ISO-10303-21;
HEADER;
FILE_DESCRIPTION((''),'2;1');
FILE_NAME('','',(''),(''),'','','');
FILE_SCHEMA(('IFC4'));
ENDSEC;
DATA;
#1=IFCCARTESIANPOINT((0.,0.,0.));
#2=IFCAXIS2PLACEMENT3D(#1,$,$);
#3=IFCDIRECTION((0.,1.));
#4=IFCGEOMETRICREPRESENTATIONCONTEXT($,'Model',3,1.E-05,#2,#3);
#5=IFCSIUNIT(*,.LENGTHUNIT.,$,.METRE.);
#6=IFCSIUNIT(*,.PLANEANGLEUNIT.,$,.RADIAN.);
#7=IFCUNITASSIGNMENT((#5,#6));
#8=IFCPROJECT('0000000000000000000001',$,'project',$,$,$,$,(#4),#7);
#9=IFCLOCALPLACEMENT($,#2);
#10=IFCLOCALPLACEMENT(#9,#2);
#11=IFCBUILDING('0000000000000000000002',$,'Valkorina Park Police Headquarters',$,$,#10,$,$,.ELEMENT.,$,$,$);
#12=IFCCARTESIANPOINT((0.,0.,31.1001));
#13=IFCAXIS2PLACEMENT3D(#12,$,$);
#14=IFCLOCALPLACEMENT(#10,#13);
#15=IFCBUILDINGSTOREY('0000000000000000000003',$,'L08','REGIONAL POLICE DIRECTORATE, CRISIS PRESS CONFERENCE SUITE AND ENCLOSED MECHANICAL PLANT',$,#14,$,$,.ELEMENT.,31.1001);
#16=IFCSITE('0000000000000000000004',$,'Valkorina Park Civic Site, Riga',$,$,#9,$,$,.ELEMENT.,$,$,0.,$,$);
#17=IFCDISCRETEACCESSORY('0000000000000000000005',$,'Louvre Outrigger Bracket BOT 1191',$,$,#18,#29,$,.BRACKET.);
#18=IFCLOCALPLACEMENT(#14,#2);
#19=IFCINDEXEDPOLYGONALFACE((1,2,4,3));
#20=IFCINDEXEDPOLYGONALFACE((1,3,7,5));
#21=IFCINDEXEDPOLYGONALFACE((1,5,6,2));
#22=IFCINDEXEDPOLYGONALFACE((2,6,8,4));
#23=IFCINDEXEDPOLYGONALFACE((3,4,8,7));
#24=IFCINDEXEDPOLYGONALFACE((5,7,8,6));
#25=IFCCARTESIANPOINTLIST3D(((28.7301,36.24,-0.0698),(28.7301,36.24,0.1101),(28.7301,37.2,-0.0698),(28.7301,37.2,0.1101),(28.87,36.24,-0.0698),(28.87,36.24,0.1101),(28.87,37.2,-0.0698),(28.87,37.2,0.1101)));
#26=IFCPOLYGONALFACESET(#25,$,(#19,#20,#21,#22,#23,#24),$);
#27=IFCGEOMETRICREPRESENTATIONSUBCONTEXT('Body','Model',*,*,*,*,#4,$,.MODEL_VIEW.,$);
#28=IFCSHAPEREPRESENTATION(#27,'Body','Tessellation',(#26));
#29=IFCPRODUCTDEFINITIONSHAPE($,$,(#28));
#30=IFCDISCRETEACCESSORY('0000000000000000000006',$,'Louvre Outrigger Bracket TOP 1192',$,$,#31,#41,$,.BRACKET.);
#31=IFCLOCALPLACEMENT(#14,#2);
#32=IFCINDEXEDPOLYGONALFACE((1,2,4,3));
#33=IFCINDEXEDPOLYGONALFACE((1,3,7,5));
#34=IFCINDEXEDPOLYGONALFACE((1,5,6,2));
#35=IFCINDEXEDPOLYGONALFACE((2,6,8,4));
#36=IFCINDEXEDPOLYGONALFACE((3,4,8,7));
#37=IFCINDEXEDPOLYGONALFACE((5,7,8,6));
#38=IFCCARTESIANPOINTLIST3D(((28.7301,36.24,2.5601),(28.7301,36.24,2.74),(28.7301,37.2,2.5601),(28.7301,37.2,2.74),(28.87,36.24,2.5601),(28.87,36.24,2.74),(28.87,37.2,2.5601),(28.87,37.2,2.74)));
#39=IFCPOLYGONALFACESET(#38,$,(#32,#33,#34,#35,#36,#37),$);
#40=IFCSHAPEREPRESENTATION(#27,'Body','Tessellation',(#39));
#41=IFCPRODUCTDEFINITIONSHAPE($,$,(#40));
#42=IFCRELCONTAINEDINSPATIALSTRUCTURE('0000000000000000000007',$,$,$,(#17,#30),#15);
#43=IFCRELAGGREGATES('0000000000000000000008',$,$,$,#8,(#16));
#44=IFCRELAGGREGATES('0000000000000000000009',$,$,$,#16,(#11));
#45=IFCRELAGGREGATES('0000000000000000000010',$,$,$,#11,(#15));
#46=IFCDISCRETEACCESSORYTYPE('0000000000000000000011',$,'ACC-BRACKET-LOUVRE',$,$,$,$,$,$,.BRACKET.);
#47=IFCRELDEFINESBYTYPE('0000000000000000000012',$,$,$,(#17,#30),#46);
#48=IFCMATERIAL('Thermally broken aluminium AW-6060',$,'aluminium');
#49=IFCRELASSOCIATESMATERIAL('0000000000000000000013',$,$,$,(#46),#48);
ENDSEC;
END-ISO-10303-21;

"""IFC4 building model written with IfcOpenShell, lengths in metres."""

from ifc_helpers import new_model, si_unit, direction, frame, origin, origin_2d, place, context, subcontext, project, spatial, rectangle, extrude, material, type_object, element, save


model = new_model("IFC4")

# Units and contexts
model_context = context("Model", 3, precision=1e-05, world=origin(), true_north=direction((0.0, 1.0)))
body_context = subcontext(model_context, "Body", "Model", "MODEL_VIEW")
ifc_project = project(units=[si_unit("LENGTHUNIT", "METRE"), si_unit("PLANEANGLEUNIT", "RADIAN")], contexts=[model_context])

# Site, building, storey
site_placement = place(None, origin())
site = spatial("IfcSite", under=ifc_project, at=site_placement, Name="Valkorina Park Civic Site, Riga", CompositionType="ELEMENT", RefElevation=0.0)
building_placement = place(site_placement, origin())
building = spatial("IfcBuilding", under=site, at=building_placement, Name="Valkorina Park Police Headquarters", CompositionType="ELEMENT")
storey_placement = place(building_placement, frame((0.0, 0.0, 31.1001)))
storey = spatial("IfcBuildingStorey", under=building, at=storey_placement, Name="L08", Description="REGIONAL POLICE DIRECTORATE, CRISIS PRESS CONFERENCE SUITE AND ENCLOSED MECHANICAL PLANT", CompositionType="ELEMENT", Elevation=31.1001)

# Shared definitions
ifc_material_1 = material(Name="Thermally broken aluminium AW-6060", Category="aluminium")

# Discrete accessories
discrete_accessory_type = type_object("IfcDiscreteAccessoryType", Name="ACC-BRACKET-LOUVRE", PredefinedType="BRACKET", material=ifc_material_1)
for number, where, z_axis, x_axis, name in (
    (1, (28.8, 36.72, -0.0698), (0.0, 0.0, 1.0), (0.0, -1.0, 0.0), "Louvre Outrigger Bracket BOT 1191"),
    (2, (28.8, 36.72, 2.5601), (0.0, 0.0, 1.0), (0.0, -1.0, 0.0), "Louvre Outrigger Bracket TOP 1192"),
):
    element("IfcDiscreteAccessory", number, at=place(storey_placement, frame(where, z_axis=z_axis, x_axis=x_axis)), inside=storey, type_object=discrete_accessory_type, Name=name, PredefinedType="BRACKET", context=body_context, shape_type="SweptSolid", body=[
        extrude(rectangle(XDim=0.96, YDim=0.1399, at=origin_2d()), origin(), (0.0, 0.0, 1.0), 0.1799),
    ])

save(model, "model.ifc")
